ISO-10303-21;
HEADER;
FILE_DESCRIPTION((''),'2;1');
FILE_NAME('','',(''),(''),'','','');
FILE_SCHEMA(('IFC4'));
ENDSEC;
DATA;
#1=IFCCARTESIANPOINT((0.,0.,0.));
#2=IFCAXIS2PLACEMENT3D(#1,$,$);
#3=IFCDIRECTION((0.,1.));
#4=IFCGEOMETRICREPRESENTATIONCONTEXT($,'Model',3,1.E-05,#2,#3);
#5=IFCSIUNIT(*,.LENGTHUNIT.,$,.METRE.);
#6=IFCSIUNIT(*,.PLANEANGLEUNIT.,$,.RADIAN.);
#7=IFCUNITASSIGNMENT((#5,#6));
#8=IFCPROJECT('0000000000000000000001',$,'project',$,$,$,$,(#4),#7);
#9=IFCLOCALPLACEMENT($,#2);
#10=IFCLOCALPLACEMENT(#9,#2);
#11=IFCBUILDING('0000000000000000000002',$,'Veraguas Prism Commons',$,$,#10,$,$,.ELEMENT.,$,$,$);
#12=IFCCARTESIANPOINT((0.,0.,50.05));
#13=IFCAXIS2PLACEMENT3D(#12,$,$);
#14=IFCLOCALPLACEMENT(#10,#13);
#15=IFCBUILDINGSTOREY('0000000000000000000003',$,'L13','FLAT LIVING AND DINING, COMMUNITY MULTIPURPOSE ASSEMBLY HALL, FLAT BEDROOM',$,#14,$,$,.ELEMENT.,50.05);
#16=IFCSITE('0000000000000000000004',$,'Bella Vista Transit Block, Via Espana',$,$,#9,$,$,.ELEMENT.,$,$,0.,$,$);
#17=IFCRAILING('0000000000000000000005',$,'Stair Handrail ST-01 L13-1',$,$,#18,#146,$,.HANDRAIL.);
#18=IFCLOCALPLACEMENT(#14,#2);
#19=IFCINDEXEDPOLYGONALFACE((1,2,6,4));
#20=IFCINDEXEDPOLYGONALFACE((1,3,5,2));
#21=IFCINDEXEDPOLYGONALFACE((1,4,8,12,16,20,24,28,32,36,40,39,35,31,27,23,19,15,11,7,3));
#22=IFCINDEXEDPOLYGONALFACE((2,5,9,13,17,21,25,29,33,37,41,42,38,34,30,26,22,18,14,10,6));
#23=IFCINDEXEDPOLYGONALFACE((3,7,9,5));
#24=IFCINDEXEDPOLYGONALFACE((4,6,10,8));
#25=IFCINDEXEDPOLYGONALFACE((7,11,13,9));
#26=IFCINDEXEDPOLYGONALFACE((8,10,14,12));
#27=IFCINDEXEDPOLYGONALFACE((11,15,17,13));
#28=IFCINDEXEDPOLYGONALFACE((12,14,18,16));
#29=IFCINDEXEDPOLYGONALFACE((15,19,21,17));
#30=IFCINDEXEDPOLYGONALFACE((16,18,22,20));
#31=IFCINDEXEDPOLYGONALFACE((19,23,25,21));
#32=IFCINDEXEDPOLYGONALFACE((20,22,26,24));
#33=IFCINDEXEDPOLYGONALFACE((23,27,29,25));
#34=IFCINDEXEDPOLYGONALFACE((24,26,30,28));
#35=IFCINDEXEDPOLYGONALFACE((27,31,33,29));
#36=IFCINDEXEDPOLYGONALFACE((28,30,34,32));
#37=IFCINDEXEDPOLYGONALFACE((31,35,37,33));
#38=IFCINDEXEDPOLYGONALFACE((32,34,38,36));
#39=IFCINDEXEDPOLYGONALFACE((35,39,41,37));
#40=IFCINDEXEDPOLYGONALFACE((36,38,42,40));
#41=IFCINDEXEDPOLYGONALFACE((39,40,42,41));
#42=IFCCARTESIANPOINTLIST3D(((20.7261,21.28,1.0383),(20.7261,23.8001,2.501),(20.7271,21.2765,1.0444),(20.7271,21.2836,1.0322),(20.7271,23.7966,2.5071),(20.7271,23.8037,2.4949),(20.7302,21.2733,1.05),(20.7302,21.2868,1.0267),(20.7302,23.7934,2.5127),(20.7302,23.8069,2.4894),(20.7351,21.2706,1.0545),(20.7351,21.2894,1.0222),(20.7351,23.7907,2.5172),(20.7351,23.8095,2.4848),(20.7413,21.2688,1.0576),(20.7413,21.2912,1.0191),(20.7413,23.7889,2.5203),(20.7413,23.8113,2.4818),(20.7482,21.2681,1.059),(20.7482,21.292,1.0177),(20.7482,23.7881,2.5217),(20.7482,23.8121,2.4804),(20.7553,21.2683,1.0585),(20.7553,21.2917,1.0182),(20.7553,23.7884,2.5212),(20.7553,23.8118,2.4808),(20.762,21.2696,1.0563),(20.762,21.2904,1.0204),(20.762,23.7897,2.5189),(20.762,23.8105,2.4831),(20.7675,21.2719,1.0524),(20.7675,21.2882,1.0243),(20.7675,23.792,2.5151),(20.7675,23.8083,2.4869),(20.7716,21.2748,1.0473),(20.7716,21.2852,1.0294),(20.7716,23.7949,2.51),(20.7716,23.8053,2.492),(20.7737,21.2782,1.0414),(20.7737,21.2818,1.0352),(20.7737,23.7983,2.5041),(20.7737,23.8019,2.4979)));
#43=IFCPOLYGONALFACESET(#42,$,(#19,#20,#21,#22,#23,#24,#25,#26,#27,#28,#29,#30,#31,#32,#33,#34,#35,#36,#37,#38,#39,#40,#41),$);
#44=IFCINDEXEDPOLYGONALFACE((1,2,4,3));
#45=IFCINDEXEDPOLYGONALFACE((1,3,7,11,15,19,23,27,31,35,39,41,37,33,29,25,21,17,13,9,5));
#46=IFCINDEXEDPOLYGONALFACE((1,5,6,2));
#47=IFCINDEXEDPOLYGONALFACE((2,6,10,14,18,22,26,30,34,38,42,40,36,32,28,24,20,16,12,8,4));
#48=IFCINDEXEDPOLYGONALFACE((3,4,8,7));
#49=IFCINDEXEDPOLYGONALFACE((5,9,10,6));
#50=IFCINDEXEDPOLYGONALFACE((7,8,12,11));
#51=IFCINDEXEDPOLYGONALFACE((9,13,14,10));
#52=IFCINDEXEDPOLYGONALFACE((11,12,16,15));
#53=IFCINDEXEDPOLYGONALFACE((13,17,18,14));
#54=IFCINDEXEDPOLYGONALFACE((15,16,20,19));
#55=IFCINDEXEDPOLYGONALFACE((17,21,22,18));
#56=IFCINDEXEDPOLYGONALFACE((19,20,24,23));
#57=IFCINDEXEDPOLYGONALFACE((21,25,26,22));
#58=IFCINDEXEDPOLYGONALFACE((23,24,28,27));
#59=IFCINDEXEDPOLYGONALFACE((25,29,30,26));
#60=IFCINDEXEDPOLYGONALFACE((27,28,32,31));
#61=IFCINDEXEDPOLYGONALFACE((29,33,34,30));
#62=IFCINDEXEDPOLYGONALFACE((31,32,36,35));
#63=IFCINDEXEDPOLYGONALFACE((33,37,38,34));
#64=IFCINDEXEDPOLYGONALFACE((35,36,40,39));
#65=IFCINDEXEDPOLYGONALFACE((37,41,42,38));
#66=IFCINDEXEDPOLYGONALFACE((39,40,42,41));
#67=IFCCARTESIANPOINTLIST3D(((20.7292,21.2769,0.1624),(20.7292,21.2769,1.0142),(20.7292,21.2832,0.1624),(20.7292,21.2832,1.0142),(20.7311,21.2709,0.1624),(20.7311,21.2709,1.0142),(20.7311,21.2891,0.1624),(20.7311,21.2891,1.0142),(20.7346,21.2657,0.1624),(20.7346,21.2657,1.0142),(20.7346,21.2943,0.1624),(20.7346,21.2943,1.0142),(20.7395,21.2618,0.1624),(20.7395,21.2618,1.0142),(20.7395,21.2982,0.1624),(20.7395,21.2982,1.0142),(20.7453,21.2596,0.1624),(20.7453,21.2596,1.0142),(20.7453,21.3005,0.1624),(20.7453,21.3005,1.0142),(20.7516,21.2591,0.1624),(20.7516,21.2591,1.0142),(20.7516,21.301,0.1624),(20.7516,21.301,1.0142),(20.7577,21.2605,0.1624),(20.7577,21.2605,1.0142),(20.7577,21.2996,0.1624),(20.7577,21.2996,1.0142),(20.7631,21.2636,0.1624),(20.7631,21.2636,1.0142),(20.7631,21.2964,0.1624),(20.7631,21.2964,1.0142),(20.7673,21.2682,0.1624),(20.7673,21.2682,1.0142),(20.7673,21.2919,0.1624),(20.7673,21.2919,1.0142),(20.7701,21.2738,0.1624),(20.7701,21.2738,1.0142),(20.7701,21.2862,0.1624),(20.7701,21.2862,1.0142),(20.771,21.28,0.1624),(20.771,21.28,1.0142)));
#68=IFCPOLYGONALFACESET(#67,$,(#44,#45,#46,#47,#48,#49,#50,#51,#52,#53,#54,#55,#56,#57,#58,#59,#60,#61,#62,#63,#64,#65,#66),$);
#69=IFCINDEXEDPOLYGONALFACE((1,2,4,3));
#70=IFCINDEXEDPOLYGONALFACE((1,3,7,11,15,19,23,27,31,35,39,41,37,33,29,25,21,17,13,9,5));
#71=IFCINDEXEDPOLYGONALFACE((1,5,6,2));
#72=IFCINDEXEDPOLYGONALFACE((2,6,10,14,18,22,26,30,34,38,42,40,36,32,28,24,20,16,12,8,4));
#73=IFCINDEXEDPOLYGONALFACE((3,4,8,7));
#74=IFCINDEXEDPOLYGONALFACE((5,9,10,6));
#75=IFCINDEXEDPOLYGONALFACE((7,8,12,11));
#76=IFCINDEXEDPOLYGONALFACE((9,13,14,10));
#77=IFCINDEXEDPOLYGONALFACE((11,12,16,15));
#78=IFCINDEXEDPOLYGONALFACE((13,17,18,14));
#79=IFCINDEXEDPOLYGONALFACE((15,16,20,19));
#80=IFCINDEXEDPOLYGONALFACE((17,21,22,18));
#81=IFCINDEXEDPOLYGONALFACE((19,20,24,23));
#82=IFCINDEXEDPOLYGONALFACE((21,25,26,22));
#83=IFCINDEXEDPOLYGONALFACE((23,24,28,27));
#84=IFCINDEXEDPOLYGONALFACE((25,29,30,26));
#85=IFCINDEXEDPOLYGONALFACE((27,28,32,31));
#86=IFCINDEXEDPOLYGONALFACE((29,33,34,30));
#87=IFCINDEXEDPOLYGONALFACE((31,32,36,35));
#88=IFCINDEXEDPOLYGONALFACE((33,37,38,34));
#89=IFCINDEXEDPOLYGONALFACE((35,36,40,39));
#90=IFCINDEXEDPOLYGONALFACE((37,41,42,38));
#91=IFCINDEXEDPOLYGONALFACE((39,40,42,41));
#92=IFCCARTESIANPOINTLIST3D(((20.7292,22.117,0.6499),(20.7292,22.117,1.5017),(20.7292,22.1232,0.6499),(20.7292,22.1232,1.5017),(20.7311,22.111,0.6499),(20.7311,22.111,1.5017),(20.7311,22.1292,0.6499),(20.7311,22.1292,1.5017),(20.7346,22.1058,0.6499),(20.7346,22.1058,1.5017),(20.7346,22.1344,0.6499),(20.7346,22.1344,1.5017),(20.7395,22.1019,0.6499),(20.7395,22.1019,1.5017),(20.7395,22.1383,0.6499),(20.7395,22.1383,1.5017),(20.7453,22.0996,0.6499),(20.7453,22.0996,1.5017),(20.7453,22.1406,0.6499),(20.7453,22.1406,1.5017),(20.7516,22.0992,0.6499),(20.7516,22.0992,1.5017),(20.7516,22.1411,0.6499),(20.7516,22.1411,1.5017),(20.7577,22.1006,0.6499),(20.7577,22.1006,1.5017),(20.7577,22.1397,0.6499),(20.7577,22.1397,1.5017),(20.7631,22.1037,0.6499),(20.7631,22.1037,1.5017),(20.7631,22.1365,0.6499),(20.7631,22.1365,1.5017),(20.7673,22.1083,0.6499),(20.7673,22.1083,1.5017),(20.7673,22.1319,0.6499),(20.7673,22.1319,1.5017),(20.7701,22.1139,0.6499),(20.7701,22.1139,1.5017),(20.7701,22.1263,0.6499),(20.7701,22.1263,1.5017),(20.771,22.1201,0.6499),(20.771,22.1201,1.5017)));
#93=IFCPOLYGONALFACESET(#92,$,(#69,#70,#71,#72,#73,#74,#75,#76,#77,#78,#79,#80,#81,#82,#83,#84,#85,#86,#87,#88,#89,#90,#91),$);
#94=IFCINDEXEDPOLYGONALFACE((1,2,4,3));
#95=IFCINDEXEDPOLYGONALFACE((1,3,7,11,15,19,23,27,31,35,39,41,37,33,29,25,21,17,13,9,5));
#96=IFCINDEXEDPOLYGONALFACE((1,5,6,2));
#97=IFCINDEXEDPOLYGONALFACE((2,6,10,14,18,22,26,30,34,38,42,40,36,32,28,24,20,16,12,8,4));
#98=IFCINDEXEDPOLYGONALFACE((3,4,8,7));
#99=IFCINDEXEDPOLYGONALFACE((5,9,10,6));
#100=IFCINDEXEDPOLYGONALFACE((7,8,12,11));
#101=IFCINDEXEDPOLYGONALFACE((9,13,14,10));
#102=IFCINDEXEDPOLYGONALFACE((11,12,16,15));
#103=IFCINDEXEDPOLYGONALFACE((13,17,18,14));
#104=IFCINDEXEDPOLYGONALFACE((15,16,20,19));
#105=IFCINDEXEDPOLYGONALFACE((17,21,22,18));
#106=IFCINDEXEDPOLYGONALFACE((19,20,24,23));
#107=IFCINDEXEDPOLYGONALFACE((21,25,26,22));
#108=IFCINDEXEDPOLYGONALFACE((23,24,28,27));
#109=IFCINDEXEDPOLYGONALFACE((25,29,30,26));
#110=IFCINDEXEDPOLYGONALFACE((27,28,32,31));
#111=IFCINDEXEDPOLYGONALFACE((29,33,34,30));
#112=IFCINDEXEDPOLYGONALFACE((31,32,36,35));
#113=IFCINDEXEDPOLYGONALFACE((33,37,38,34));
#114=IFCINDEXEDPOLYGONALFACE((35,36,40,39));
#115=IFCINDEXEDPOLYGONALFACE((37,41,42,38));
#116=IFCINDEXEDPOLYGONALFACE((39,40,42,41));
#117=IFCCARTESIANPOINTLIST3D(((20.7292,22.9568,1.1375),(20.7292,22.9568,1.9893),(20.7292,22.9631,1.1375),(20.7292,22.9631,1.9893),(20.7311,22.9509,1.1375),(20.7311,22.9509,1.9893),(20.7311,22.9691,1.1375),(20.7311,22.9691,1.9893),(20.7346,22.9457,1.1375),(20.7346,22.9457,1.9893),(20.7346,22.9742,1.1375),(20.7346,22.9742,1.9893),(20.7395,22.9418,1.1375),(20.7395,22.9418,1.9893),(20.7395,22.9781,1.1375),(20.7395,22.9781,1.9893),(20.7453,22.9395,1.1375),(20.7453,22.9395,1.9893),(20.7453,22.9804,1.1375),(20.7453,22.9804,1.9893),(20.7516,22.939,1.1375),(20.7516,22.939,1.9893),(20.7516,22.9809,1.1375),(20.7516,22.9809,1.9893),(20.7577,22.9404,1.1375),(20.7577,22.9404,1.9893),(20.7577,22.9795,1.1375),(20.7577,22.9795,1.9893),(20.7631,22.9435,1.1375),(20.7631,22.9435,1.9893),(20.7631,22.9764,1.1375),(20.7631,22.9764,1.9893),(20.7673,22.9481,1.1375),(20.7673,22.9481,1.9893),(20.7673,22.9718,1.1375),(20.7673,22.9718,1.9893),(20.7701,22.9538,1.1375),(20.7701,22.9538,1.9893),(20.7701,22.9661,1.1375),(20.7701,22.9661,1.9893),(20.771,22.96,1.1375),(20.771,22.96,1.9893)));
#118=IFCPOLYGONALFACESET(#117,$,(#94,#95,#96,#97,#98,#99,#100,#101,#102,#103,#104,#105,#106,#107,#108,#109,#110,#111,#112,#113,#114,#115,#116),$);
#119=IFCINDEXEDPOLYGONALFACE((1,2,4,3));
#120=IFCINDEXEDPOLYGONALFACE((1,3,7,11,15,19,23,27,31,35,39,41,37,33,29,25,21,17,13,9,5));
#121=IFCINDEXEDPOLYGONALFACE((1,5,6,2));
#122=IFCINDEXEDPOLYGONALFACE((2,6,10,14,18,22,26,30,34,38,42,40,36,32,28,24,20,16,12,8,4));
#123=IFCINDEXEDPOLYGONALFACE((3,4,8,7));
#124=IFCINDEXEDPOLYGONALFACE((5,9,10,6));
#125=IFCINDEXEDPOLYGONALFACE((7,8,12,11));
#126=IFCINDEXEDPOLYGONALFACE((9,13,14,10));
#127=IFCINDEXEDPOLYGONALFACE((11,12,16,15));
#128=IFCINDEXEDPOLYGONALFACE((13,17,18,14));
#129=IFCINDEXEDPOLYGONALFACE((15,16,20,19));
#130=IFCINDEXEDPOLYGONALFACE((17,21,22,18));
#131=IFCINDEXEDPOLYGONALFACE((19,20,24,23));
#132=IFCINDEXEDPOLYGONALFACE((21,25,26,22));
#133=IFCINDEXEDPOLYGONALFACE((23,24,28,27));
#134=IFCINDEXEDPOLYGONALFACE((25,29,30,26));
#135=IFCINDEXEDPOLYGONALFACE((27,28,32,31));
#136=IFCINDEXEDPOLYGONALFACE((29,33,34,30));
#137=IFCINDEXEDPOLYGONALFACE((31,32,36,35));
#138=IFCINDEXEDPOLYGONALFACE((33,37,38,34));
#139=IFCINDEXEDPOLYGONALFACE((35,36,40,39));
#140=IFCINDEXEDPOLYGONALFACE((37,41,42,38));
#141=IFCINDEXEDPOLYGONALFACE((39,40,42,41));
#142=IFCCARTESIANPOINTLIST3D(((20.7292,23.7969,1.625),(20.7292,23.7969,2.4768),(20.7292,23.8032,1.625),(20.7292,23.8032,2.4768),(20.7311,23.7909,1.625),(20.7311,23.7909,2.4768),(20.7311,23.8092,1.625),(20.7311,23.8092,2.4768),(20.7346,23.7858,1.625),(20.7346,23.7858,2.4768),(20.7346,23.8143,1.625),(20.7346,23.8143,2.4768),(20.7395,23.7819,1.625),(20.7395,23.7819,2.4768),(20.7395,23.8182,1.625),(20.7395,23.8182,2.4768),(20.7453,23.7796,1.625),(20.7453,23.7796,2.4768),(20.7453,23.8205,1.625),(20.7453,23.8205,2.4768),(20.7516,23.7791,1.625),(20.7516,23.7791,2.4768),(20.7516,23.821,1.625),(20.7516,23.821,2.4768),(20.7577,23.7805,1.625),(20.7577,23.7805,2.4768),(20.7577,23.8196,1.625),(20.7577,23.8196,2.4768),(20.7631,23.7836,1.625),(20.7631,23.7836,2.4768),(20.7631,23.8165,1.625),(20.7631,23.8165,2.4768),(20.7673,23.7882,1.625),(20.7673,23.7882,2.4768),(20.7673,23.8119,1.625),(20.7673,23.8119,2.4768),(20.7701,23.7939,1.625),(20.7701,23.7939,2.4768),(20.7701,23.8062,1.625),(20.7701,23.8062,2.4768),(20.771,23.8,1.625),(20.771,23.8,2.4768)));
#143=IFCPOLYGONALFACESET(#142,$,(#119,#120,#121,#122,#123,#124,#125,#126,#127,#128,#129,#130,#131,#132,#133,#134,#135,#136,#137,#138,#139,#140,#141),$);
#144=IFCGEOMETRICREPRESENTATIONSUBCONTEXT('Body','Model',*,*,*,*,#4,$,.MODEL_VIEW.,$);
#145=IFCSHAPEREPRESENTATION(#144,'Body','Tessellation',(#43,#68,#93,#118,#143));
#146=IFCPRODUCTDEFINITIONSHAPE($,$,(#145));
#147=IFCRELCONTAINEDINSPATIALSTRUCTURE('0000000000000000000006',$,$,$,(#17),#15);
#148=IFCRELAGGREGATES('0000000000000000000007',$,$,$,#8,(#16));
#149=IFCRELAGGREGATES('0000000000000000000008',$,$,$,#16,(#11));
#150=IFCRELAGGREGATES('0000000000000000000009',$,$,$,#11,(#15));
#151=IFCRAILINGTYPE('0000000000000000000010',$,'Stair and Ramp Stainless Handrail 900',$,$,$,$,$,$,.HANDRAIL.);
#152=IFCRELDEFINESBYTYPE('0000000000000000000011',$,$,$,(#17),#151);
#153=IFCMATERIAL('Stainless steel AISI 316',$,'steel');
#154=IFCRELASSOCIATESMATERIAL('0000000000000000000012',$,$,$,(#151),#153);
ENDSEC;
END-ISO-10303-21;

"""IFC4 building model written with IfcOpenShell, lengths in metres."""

from ifc_helpers import new_model, si_unit, direction, frame, origin, origin_2d, place, context, subcontext, project, spatial, circle, extrude, material, type_object, element, save


model = new_model("IFC4")

# Units and contexts
model_context = context("Model", 3, precision=1e-05, world=origin(), true_north=direction((0.0, 1.0)))
body_context = subcontext(model_context, "Body", "Model", "MODEL_VIEW")
ifc_project = project(units=[si_unit("LENGTHUNIT", "METRE"), si_unit("PLANEANGLEUNIT", "RADIAN")], contexts=[model_context])

# Site, building, storey
site_placement = place(None, origin())
site = spatial("IfcSite", under=ifc_project, at=site_placement, Name="Bella Vista Transit Block, Via Espana", CompositionType="ELEMENT", RefElevation=0.0)
building_placement = place(site_placement, origin())
building = spatial("IfcBuilding", under=site, at=building_placement, Name="Veraguas Prism Commons", CompositionType="ELEMENT")
storey_placement = place(building_placement, frame((0.0, 0.0, 50.05)))
storey = spatial("IfcBuildingStorey", under=building, at=storey_placement, Name="L13", Description="FLAT LIVING AND DINING, COMMUNITY MULTIPURPOSE ASSEMBLY HALL, FLAT BEDROOM", CompositionType="ELEMENT", Elevation=50.05)

# Railing
ifc_material_1 = material(Name="Stainless steel AISI 316", Category="steel")
railing_type_1 = type_object("IfcRailingType", Name="Stair and Ramp Stainless Handrail 900", PredefinedType="HANDRAIL", material=ifc_material_1)
railing_1_placement = place(storey_placement, frame((20.75, 21.28, 0.1624)))
element("IfcRailing", 1, at=railing_1_placement, inside=storey, type_object=railing_type_1, Name="Stair Handrail ST-01 L13-1", PredefinedType="HANDRAIL", context=body_context, shape_type="SweptSolid", body=[
    extrude(circle(Radius=0.0239, at=origin_2d()), frame((0.0, 0.0, 0.876), z_axis=(0.0, 0.864877, 0.501984), x_axis=(-1.0, 0.0, 0.0)), (0.0, 0.0, 1.0), 2.9138),
    extrude(circle(Radius=0.021, at=origin_2d()), origin(), (0.0, 0.0, 1.0), 0.8518),
    extrude(circle(Radius=0.021, at=origin_2d()), frame((0.0, 0.8401, 0.4875)), (0.0, 0.0, 1.0), 0.8518),
    extrude(circle(Radius=0.021, at=origin_2d()), frame((0.0, 1.6799, 0.9751)), (0.0, 0.0, 1.0), 0.8518),
    extrude(circle(Radius=0.021, at=origin_2d()), frame((0.0, 2.52, 1.4626)), (0.0, 0.0, 1.0), 0.8518),
])

save(model, "model.ifc")
